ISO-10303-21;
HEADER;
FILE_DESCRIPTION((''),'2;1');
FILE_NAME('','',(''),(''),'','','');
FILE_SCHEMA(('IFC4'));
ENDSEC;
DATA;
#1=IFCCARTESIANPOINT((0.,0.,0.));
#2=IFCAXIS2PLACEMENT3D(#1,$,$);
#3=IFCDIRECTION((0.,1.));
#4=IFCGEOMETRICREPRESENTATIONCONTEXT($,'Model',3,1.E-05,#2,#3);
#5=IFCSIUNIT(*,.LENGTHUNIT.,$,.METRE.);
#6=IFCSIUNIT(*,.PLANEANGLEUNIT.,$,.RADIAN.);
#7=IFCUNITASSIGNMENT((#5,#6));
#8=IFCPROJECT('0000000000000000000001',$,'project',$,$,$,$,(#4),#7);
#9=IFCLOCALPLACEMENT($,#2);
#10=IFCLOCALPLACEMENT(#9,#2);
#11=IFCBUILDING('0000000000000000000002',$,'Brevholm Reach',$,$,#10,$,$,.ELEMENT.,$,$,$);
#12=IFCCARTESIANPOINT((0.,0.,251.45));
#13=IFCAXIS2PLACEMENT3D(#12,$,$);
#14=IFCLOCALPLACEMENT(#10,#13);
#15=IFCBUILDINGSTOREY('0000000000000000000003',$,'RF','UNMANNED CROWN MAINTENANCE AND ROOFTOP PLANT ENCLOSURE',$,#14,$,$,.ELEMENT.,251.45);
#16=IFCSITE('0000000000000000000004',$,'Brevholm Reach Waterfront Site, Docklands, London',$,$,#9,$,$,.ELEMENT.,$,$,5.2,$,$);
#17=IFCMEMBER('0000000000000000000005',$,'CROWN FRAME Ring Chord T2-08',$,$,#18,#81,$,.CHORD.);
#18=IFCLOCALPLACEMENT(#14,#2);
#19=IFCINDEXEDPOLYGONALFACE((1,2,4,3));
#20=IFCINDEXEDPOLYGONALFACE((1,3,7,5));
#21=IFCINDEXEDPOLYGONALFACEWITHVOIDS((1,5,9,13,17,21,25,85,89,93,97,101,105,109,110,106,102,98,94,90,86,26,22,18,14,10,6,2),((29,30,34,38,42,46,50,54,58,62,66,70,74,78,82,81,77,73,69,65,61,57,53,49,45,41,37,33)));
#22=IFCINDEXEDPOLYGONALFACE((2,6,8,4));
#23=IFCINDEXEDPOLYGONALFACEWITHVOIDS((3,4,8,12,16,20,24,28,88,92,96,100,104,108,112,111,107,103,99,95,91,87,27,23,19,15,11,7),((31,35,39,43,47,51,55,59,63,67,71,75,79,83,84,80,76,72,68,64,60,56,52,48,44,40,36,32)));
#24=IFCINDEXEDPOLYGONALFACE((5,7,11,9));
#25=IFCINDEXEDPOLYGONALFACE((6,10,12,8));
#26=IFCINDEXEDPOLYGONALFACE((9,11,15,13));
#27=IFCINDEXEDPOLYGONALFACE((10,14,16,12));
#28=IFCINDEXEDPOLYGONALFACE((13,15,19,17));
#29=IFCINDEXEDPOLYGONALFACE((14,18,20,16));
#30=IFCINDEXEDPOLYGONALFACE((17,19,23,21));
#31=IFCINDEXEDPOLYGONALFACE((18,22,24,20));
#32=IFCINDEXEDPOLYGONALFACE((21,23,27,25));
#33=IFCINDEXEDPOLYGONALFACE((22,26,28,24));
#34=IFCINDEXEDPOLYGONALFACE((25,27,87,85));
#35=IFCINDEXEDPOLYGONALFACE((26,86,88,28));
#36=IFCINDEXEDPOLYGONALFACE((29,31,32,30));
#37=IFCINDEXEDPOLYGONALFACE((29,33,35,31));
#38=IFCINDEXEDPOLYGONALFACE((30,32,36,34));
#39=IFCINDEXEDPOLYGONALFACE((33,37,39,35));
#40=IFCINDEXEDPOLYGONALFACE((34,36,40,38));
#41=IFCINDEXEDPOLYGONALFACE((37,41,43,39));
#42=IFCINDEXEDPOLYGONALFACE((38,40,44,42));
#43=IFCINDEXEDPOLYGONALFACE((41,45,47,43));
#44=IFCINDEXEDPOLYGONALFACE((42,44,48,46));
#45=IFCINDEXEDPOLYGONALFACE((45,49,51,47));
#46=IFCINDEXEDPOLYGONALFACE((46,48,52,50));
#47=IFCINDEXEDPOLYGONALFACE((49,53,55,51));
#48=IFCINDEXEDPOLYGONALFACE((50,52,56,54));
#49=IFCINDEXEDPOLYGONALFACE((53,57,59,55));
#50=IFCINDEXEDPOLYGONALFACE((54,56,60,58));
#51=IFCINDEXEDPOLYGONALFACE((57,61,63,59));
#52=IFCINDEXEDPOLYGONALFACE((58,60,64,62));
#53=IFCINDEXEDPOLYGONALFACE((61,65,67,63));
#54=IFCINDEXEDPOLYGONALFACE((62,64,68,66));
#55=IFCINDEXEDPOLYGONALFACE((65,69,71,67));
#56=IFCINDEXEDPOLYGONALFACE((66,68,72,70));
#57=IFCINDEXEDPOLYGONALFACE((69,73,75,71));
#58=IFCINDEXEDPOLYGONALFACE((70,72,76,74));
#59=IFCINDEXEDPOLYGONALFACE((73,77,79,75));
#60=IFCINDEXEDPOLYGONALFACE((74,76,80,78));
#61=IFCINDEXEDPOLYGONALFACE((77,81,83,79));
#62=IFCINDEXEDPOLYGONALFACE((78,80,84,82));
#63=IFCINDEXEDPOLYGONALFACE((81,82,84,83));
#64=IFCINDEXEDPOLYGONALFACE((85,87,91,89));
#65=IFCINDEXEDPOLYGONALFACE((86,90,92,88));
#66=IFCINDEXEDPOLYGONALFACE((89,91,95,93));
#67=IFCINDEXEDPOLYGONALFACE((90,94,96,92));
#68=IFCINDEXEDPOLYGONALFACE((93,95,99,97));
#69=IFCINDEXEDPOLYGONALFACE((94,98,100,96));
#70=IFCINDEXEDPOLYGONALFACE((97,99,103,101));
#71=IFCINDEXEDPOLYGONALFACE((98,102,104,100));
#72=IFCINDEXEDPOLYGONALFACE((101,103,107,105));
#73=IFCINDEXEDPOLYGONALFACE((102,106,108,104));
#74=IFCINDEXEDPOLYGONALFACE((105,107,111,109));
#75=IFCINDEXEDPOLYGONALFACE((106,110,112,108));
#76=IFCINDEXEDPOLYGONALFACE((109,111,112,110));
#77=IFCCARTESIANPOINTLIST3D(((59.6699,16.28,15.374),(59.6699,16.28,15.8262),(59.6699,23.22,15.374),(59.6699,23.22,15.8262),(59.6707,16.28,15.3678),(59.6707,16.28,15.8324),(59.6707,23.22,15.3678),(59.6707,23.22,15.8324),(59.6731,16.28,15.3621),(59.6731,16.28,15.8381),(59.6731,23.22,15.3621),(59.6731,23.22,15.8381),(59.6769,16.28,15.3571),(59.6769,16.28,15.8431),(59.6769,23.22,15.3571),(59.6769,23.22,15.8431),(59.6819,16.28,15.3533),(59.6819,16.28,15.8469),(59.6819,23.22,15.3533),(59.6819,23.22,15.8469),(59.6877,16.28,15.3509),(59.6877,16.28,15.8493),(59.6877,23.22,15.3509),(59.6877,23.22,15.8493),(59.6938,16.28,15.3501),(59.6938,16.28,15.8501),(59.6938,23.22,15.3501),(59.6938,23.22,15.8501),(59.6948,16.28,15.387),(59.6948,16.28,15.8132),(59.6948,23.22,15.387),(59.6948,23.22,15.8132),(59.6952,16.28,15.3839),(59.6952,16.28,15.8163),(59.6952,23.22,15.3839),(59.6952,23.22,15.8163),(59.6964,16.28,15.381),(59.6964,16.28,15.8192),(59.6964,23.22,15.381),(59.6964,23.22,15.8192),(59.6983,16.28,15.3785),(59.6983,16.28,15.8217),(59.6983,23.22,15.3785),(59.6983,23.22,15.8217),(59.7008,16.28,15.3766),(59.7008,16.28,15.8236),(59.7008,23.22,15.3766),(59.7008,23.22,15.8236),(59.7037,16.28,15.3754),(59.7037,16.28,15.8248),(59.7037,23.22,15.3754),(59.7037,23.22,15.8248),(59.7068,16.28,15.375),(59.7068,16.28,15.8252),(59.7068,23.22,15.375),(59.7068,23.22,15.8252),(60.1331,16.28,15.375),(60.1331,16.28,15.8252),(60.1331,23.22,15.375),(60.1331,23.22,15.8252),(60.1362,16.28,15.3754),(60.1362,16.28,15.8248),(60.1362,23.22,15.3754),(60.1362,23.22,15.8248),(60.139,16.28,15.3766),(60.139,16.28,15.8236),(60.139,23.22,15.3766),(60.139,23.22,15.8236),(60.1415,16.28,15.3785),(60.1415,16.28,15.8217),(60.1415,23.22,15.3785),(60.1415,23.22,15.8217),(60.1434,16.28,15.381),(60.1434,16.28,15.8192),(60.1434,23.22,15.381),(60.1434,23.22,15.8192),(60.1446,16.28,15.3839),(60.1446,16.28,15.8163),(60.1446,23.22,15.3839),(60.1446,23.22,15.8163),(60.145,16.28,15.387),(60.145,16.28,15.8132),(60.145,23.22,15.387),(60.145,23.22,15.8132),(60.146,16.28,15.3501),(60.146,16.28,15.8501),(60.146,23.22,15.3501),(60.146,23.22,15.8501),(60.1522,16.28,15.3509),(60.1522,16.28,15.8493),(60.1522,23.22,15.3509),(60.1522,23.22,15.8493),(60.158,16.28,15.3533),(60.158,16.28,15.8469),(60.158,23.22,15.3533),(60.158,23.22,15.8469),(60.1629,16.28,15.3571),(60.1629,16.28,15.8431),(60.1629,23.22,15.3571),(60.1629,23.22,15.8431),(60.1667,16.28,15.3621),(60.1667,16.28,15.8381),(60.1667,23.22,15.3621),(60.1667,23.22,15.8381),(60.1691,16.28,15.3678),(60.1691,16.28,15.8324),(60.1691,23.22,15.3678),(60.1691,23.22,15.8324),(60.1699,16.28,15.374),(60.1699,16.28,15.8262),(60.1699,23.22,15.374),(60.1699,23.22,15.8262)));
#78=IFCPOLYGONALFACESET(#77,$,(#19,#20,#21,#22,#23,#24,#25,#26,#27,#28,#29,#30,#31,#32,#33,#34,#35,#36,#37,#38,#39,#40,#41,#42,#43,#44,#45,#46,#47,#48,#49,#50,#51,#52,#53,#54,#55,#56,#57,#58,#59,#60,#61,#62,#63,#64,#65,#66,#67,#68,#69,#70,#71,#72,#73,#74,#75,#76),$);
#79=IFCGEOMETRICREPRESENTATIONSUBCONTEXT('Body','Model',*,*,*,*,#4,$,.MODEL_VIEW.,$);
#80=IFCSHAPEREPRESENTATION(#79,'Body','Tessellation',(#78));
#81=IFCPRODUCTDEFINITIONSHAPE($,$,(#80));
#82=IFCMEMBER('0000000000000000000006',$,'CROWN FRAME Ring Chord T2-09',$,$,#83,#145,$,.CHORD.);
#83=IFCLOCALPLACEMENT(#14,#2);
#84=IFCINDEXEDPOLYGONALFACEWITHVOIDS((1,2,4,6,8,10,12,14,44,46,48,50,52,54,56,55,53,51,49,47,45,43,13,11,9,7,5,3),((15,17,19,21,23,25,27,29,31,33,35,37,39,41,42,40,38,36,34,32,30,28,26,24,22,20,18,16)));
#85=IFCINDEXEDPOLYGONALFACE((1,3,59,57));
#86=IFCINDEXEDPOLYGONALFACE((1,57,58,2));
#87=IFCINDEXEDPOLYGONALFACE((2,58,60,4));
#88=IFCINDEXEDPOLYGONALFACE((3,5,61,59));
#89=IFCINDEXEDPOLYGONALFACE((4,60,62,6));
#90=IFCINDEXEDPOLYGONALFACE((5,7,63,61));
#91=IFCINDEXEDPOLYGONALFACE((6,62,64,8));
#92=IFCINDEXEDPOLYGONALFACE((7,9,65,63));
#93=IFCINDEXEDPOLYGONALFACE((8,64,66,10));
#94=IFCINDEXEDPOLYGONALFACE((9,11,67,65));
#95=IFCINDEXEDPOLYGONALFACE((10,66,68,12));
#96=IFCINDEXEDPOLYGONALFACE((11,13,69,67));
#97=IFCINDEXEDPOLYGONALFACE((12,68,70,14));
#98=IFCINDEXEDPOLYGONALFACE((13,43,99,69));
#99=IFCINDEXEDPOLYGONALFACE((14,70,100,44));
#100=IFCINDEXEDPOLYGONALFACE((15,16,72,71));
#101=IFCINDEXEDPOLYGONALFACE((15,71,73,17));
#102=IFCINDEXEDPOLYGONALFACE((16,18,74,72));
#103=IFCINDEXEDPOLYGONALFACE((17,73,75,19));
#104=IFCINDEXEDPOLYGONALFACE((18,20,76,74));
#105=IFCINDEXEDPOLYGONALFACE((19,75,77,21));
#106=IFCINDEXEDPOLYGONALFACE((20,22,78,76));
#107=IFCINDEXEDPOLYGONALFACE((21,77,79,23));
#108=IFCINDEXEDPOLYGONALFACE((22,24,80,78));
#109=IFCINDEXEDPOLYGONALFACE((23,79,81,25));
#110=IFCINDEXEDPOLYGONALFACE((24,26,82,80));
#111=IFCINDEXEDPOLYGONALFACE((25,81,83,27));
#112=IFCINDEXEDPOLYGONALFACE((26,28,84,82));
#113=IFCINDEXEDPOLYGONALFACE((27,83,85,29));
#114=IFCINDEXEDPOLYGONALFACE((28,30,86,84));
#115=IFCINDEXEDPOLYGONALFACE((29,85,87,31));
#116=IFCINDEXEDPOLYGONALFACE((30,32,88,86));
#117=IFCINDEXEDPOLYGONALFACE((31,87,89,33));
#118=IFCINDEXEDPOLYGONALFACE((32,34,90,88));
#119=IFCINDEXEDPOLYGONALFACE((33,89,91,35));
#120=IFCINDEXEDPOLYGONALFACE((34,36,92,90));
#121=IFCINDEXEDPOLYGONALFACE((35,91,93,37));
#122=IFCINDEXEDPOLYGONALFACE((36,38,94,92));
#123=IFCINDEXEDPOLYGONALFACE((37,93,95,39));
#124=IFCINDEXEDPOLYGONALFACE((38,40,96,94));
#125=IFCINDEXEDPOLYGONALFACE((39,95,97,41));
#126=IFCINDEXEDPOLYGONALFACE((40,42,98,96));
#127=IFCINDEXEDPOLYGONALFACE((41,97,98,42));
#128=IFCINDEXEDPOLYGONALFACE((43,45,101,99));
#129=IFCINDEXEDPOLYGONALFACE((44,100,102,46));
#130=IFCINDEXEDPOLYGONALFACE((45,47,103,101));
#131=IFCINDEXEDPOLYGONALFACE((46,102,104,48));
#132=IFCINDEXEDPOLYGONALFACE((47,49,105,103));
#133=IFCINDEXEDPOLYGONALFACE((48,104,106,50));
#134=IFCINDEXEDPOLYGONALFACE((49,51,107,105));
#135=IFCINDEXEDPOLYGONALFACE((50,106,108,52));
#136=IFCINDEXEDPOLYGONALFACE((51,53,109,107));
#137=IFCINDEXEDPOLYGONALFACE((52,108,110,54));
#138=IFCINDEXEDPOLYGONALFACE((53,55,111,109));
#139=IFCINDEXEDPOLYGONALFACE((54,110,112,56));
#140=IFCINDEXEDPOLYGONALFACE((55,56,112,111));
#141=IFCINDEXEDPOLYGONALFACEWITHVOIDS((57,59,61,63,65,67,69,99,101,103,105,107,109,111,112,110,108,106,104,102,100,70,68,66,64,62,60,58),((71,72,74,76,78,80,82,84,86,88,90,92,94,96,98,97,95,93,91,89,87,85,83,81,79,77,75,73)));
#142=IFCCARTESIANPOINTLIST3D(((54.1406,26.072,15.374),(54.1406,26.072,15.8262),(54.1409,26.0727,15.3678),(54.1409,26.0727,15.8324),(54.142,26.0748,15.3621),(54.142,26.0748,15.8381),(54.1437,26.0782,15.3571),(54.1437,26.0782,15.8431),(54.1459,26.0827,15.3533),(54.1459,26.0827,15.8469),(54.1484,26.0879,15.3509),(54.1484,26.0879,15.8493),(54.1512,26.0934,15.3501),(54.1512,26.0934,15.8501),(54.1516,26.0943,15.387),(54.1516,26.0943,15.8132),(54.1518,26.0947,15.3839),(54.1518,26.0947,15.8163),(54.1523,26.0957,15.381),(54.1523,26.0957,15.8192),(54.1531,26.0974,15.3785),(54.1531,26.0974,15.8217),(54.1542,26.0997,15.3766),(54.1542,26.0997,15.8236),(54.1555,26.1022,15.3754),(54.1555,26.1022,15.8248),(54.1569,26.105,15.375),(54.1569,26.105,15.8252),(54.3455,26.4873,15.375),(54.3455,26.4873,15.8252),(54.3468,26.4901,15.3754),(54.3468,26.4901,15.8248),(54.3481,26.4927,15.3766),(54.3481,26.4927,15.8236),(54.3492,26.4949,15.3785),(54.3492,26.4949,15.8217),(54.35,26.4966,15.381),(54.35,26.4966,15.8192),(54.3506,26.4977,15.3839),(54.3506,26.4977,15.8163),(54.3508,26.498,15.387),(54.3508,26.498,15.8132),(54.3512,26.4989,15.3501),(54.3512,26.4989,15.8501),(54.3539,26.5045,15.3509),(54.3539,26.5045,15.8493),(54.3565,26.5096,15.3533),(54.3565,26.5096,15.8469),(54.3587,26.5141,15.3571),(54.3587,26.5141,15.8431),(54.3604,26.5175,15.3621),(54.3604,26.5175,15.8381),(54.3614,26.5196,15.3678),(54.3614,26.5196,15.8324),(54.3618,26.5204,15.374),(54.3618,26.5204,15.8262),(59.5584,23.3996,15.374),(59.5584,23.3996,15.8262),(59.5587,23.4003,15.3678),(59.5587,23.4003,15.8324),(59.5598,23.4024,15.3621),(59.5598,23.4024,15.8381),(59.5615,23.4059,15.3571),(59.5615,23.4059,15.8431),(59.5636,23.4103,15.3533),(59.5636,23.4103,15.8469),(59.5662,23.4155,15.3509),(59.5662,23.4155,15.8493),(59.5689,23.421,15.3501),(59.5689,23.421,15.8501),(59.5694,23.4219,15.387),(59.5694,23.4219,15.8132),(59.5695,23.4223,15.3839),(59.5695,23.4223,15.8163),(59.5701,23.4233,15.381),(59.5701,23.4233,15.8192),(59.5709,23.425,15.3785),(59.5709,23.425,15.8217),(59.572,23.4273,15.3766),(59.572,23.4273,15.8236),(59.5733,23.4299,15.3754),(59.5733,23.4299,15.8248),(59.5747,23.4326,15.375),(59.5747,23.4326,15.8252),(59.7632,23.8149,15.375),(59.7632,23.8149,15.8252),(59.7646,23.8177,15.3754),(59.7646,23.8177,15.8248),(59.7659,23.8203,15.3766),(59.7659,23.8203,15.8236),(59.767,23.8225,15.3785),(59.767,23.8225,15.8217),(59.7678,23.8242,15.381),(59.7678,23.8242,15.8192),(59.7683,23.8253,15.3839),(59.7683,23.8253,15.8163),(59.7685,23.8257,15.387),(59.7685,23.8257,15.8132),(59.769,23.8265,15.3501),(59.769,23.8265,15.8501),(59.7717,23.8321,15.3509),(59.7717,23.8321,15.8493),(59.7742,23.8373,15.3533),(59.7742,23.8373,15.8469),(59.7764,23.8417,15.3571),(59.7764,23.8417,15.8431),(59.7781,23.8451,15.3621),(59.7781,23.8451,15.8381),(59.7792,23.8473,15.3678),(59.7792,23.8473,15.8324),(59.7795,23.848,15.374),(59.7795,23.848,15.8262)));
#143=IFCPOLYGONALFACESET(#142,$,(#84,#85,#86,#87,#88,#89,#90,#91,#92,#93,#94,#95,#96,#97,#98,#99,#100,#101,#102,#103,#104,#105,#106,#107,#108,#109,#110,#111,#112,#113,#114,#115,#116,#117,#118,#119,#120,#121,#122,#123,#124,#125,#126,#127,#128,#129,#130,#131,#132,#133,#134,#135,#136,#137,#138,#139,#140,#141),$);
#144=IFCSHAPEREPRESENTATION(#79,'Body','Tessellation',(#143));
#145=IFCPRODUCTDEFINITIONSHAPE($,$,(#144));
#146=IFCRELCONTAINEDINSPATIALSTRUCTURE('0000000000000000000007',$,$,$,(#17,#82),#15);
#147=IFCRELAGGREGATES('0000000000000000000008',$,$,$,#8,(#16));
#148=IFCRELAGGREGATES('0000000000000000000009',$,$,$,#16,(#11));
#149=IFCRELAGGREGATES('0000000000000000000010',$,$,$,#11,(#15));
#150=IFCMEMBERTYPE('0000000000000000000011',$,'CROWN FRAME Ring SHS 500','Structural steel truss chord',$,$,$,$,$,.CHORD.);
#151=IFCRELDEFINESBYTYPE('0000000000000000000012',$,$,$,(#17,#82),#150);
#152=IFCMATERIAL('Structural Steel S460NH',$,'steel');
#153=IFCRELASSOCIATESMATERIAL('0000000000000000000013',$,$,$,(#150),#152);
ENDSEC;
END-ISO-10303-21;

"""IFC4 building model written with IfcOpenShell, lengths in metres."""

from ifc_helpers import new_model, si_unit, direction, frame, origin, origin_2d, place, context, subcontext, project, spatial, hollow_rectangle, extrude, material, material_profile, profile_set, type_object, element, save


model = new_model("IFC4")

# Units and contexts
model_context = context("Model", 3, precision=1e-05, world=origin(), true_north=direction((0.0, 1.0)))
body_context = subcontext(model_context, "Body", "Model", "MODEL_VIEW")
ifc_project = project(units=[si_unit("LENGTHUNIT", "METRE"), si_unit("PLANEANGLEUNIT", "RADIAN")], contexts=[model_context])

# Site, building, storey
site_placement = place(None, origin())
site = spatial("IfcSite", under=ifc_project, at=site_placement, Name="Brevholm Reach Waterfront Site, Docklands, London", CompositionType="ELEMENT", RefElevation=5.2)
building_placement = place(site_placement, origin())
building = spatial("IfcBuilding", under=site, at=building_placement, Name="Brevholm Reach", CompositionType="ELEMENT")
storey_placement = place(building_placement, frame((0.0, 0.0, 251.45)))
storey = spatial("IfcBuildingStorey", under=building, at=storey_placement, Name="RF", Description="UNMANNED CROWN MAINTENANCE AND ROOFTOP PLANT ENCLOSURE", CompositionType="ELEMENT", Elevation=251.45)

# Members
ifc_material_1 = material(Name="Structural Steel S460NH", Category="steel")
ifc_material_profile_1 = material_profile(ifc_material_1, hollow_rectangle(XDim=0.5, YDim=0.5, WallThickness=0.0249, InnerFilletRadius=0.012, OuterFilletRadius=0.0239, at=origin_2d()), Name="SHS 500x500x25")
ifc_profile_set_1 = profile_set([ifc_material_profile_1], Name="Structural Steel S460NH")
member_type_1 = type_object("IfcMemberType", Name="CROWN FRAME Ring SHS 500", Description="Structural steel truss chord", PredefinedType="CHORD", material=ifc_profile_set_1)
member_1_placement = place(storey_placement, frame((59.9199, 16.28, 15.6001), z_axis=(0.0, 1.0, 0.0), x_axis=(-1.0, 0.0, 0.0)))
element("IfcMember", 1, at=member_1_placement, inside=storey, type_object=member_type_1, Name="CROWN FRAME Ring Chord T2-08", PredefinedType="CHORD", context=body_context, shape_type="SweptSolid", body=[
    extrude(hollow_rectangle(XDim=0.5, YDim=0.5, WallThickness=0.0249, InnerFilletRadius=0.012, OuterFilletRadius=0.0239, at=origin_2d()), origin(), (0.0, 0.0, 1.0), 6.9399),
])
member_2_placement = place(storey_placement, frame((59.6689, 23.6238, 15.6001), z_axis=(-0.896831, 0.442374, 0.0), x_axis=(-0.442374, -0.896831, 0.0)))
element("IfcMember", 2, at=member_2_placement, inside=storey, type_object=member_type_1, Name="CROWN FRAME Ring Chord T2-09", PredefinedType="CHORD", context=body_context, shape_type="SweptSolid", body=[
    extrude(hollow_rectangle(XDim=0.5, YDim=0.5, WallThickness=0.0249, InnerFilletRadius=0.012, OuterFilletRadius=0.0239, at=origin_2d()), origin(), (0.0, 0.0, 1.0), 6.041),
])

save(model, "model.ifc")
